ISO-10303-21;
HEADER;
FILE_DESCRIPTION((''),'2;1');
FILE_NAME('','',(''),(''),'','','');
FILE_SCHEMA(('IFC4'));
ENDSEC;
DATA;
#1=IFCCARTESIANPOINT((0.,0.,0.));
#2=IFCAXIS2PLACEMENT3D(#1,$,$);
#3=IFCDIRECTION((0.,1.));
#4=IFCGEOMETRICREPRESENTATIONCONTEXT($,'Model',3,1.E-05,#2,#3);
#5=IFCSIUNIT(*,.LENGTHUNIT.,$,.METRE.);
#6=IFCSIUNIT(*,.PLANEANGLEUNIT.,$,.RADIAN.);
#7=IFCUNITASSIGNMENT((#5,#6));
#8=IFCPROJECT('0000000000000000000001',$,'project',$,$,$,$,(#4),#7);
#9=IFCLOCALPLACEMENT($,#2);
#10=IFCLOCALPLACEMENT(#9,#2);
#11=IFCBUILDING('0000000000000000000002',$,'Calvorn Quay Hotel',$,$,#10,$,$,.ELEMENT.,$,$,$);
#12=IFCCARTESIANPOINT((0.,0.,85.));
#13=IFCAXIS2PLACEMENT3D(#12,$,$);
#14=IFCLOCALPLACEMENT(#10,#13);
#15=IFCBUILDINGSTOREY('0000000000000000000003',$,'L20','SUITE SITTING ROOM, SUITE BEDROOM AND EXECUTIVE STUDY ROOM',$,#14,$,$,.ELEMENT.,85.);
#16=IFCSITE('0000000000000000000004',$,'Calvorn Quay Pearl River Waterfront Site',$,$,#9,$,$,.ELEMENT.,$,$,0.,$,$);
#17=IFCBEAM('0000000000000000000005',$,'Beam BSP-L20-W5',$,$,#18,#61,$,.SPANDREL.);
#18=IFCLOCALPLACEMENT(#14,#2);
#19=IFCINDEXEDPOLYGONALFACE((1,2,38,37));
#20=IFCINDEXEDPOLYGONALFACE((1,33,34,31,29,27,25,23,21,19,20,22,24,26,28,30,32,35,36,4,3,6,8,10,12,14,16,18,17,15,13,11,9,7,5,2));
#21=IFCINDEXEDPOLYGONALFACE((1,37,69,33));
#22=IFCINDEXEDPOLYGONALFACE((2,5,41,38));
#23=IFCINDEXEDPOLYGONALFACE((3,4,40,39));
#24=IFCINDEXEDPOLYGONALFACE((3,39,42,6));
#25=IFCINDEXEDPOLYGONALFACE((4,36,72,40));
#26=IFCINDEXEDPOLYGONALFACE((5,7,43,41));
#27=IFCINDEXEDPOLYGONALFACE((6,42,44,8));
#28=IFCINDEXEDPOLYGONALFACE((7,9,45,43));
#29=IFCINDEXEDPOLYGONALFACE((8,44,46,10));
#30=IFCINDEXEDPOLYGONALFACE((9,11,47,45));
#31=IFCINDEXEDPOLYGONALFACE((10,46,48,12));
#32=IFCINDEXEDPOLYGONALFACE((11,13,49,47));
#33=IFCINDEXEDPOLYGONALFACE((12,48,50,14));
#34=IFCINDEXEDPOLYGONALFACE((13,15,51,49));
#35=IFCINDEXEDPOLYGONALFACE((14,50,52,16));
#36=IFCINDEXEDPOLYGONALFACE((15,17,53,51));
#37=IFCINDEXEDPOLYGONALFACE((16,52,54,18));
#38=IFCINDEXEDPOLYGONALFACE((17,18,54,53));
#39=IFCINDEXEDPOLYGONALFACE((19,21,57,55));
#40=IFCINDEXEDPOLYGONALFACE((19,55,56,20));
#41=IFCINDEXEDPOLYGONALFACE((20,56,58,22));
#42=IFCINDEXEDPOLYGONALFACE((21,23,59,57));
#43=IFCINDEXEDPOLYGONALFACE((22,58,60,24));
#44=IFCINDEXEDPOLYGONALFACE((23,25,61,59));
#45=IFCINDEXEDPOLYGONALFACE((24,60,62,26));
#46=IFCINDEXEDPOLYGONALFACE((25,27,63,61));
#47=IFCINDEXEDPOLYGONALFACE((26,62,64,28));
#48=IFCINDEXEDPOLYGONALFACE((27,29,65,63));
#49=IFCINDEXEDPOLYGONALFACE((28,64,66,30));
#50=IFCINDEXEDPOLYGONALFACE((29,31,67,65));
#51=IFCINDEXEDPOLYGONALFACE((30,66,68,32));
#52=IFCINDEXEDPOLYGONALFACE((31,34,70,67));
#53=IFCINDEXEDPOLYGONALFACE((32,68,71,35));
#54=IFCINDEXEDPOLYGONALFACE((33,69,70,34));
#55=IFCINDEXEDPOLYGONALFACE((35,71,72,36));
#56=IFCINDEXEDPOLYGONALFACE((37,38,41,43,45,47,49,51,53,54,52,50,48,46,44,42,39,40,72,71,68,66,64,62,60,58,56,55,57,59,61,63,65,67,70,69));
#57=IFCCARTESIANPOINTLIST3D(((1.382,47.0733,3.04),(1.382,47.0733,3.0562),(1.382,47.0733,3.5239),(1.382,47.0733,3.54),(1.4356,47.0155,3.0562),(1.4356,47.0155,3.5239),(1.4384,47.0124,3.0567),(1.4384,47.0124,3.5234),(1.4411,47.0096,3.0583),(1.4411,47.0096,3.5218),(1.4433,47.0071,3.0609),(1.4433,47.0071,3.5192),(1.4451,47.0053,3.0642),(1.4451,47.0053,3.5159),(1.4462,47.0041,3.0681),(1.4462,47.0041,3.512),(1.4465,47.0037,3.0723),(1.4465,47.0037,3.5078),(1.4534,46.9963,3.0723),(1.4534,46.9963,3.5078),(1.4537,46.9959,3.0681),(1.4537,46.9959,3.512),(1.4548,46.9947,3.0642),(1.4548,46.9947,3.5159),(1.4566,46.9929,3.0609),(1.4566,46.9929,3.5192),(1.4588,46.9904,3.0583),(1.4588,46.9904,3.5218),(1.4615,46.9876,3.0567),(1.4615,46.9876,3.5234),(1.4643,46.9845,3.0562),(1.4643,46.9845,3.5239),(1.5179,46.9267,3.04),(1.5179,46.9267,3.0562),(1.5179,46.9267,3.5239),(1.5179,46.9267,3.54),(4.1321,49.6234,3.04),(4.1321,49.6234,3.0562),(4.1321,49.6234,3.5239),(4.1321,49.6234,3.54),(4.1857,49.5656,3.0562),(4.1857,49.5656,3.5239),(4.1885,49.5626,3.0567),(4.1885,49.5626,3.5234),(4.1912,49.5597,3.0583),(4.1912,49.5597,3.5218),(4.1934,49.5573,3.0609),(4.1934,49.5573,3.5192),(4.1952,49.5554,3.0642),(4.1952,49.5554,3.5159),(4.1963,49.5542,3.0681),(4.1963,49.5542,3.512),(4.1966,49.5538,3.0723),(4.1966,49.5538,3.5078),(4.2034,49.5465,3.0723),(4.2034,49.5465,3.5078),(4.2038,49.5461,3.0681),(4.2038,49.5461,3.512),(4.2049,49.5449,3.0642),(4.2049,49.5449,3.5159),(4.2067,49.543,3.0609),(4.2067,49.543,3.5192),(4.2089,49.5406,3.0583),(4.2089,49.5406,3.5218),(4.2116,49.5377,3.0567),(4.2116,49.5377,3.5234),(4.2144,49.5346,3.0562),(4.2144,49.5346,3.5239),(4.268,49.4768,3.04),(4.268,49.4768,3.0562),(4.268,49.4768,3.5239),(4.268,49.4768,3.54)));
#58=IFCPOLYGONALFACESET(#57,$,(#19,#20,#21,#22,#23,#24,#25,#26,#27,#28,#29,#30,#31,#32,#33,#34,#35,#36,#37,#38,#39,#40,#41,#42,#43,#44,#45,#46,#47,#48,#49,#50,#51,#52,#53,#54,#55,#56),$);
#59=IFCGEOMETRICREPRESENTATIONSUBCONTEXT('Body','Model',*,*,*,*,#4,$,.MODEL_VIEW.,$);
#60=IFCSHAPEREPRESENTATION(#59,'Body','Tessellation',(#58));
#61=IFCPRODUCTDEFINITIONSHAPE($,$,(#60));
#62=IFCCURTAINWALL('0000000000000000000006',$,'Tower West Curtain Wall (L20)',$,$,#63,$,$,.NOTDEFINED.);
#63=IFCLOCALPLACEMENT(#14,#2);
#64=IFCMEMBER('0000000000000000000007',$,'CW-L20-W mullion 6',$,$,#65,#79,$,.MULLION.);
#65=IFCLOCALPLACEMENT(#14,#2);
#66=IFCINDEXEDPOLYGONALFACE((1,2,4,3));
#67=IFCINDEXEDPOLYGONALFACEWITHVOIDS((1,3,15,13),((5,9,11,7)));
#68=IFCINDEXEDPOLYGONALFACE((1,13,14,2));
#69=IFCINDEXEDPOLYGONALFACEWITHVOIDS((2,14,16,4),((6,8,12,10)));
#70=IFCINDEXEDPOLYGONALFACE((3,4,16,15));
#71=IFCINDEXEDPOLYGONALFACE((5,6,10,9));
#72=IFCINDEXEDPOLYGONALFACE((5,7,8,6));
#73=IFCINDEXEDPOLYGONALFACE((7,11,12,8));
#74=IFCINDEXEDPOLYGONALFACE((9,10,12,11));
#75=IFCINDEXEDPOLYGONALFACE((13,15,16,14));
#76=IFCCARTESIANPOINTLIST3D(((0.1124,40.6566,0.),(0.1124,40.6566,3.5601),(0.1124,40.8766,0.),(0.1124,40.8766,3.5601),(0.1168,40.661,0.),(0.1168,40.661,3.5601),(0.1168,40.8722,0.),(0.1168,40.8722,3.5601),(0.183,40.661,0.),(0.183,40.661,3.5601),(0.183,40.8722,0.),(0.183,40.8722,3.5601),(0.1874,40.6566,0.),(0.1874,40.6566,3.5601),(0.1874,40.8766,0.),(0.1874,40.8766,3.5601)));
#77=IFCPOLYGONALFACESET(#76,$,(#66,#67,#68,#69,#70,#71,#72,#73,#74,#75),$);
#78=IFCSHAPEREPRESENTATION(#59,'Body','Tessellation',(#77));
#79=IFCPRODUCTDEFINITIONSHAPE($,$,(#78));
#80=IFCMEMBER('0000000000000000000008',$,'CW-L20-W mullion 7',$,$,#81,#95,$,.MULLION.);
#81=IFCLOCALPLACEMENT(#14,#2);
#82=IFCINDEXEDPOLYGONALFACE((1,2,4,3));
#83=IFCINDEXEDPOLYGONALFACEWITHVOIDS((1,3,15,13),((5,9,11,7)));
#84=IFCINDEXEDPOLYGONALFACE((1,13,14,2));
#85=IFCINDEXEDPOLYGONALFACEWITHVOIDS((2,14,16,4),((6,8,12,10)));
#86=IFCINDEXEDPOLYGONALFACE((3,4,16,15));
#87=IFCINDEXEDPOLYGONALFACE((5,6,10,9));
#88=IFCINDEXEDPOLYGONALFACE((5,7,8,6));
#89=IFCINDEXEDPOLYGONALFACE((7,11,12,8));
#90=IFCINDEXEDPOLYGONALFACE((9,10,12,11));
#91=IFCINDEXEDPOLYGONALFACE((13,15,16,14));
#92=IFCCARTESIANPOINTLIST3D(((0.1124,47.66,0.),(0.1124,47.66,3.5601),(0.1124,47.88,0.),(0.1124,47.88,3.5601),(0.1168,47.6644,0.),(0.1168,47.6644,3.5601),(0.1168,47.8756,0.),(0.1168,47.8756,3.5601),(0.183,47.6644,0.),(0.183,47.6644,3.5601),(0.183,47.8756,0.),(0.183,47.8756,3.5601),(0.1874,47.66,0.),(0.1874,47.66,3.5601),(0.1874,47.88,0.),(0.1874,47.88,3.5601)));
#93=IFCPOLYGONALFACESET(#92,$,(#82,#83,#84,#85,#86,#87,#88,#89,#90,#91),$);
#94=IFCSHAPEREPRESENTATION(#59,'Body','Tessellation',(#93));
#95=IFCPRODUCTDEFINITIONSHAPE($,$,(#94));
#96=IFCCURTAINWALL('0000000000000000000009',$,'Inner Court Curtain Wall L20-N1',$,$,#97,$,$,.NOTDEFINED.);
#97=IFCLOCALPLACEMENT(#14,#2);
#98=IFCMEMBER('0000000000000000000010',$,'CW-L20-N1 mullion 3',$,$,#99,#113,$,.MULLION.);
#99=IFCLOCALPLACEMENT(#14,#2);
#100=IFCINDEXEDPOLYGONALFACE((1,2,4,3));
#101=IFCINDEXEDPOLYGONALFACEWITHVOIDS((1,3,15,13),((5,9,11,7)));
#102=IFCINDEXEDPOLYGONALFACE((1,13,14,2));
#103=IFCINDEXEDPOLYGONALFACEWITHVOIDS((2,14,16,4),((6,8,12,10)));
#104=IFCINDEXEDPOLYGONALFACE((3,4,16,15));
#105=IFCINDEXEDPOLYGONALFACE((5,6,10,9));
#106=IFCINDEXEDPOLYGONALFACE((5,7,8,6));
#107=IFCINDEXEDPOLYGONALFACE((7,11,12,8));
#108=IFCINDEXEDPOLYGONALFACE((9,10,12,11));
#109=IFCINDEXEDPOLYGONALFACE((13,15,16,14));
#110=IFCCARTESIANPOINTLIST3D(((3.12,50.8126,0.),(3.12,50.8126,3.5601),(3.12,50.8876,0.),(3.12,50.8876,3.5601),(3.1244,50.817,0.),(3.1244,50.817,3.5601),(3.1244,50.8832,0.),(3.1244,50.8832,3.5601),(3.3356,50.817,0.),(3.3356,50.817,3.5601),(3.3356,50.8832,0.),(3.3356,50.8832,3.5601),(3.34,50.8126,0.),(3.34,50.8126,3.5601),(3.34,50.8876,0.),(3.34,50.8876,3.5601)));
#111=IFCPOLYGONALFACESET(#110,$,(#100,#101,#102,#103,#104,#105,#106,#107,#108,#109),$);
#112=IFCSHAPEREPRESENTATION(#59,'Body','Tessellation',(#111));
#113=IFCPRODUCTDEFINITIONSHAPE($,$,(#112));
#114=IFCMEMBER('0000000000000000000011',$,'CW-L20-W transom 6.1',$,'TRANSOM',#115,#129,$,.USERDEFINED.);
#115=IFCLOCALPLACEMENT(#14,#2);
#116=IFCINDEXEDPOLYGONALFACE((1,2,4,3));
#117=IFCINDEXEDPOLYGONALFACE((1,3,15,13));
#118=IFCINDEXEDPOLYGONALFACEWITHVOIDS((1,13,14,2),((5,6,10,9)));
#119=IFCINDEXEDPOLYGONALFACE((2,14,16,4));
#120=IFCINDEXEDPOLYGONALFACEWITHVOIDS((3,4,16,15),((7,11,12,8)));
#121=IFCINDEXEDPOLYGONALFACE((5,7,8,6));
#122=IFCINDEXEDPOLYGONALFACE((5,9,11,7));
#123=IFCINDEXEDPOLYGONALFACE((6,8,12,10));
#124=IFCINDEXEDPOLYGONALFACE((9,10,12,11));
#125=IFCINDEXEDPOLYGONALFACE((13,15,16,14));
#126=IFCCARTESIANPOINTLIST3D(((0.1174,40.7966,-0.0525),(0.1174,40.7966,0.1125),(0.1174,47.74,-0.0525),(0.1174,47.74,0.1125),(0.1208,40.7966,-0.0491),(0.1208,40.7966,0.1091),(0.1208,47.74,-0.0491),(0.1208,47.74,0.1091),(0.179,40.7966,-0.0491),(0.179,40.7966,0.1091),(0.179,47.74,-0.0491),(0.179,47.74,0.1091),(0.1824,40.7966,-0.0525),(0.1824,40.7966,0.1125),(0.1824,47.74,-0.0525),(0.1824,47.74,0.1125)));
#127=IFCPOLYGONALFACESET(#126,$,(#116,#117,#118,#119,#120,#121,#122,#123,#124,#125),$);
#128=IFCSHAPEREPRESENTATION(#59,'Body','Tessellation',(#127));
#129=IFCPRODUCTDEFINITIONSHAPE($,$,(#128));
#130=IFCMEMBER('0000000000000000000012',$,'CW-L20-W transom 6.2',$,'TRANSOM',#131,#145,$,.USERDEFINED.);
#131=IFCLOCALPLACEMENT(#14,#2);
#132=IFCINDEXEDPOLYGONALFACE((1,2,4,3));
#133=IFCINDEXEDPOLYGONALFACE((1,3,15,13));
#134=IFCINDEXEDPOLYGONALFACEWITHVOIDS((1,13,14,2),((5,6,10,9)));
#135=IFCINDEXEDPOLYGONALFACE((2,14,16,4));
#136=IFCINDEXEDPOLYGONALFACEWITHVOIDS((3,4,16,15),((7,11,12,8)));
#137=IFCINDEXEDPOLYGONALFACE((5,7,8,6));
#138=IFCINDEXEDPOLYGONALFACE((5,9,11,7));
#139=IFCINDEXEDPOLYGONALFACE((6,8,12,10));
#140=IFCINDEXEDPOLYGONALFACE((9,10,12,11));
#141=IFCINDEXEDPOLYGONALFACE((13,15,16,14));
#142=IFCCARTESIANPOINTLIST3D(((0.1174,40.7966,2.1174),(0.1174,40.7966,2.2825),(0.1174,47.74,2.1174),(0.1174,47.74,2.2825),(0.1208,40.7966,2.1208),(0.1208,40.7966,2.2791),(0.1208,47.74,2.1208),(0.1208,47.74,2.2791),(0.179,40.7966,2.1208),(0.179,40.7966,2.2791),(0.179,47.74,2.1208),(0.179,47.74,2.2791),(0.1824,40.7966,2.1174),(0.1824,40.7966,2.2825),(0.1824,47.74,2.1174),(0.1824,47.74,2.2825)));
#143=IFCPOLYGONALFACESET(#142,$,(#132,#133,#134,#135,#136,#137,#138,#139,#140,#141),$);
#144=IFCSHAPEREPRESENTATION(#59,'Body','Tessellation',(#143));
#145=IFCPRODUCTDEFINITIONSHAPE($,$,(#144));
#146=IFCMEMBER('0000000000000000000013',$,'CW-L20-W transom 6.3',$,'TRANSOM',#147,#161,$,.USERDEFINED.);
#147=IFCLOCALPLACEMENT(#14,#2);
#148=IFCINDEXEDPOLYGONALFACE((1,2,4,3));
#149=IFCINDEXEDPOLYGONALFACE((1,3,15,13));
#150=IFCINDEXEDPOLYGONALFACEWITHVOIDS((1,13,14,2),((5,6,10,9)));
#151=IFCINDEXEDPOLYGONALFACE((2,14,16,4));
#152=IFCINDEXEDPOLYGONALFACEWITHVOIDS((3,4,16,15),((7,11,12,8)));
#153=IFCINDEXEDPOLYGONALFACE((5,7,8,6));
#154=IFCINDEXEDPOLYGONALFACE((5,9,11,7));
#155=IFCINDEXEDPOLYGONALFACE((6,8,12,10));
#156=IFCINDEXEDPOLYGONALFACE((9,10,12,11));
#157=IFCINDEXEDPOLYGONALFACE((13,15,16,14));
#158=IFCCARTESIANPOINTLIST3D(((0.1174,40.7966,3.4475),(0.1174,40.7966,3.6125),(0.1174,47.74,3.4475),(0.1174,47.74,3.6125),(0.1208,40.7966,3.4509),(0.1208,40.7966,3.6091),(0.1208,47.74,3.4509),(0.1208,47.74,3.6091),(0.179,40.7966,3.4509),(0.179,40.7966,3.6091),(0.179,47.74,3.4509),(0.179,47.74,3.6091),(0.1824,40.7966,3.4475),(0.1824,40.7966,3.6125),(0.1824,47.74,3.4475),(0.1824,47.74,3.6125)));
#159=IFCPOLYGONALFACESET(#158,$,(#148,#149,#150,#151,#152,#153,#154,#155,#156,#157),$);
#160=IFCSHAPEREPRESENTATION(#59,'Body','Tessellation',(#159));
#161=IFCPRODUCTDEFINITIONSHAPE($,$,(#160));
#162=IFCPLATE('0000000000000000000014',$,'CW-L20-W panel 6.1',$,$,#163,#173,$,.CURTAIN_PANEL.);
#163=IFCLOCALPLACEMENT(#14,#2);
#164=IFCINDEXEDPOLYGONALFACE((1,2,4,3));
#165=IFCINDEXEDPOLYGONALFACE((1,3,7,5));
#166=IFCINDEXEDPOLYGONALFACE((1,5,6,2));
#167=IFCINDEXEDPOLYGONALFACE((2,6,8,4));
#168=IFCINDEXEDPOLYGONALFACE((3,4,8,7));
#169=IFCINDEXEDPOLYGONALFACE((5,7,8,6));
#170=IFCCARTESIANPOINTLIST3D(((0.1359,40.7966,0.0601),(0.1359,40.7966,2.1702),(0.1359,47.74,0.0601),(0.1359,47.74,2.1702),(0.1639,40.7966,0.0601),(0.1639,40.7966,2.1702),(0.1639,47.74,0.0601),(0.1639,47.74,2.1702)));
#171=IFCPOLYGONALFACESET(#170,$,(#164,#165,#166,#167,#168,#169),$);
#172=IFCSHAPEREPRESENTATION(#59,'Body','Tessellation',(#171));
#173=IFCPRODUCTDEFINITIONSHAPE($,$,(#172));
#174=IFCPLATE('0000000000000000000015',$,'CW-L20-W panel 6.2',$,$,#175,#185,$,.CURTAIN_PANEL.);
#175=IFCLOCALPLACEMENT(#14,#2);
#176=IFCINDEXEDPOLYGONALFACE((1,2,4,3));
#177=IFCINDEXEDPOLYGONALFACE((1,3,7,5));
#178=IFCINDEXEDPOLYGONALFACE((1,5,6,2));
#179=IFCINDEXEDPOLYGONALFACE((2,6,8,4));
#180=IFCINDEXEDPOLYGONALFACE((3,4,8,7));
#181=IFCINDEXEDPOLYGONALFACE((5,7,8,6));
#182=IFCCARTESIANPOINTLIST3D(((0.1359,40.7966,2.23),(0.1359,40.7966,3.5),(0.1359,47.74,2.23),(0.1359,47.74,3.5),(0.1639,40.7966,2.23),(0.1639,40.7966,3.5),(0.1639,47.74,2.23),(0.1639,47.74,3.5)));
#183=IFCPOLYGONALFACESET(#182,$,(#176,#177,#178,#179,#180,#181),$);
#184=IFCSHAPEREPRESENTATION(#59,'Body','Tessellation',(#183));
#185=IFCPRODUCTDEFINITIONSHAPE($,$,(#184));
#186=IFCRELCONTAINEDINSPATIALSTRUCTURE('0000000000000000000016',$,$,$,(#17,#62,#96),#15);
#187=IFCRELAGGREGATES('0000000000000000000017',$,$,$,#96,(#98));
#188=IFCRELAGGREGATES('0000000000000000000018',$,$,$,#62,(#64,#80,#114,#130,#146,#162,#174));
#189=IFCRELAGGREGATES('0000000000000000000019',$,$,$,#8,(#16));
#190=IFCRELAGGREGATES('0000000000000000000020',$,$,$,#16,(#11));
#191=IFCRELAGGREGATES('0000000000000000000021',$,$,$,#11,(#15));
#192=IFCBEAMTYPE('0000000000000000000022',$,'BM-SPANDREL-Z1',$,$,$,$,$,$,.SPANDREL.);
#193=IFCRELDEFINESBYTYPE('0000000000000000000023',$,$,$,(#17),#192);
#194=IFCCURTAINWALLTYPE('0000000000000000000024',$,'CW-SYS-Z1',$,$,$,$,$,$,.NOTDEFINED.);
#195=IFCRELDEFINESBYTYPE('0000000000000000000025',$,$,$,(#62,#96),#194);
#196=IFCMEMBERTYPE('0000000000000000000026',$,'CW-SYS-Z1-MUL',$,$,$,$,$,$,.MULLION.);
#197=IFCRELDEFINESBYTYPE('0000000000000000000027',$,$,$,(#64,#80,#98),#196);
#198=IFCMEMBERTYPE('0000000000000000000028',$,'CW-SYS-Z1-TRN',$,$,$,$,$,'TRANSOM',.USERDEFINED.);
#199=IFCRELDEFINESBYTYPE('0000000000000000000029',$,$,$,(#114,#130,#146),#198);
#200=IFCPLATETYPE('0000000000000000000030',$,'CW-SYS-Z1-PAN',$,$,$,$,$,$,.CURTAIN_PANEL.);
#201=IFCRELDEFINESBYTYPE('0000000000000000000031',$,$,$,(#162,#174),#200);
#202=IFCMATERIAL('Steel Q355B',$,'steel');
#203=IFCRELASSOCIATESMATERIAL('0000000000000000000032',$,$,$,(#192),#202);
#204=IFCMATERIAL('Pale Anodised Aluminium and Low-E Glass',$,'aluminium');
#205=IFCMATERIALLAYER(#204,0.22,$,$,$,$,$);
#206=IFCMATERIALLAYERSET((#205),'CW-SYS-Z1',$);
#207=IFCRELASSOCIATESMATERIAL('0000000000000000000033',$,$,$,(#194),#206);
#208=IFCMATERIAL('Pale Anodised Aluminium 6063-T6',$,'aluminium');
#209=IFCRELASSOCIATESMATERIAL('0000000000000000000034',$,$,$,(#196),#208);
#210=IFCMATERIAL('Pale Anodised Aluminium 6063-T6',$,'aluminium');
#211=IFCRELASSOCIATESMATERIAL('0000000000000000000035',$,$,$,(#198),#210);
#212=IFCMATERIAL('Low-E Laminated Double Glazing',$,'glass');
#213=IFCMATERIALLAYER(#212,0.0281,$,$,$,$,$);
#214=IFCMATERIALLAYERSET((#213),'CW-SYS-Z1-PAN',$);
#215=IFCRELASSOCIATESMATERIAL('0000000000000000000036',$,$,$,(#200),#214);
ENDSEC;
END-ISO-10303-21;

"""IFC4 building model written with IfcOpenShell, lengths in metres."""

from ifc_helpers import new_model, si_unit, direction, frame, origin, origin_2d, place, context, subcontext, project, spatial, rectangle, hollow_rectangle, i_section, extrude, material, layer, layer_set, material_profile, profile_set, type_object, element, aggregate, save


model = new_model("IFC4")

# Units and contexts
model_context = context("Model", 3, precision=1e-05, world=origin(), true_north=direction((0.0, 1.0)))
body_context = subcontext(model_context, "Body", "Model", "MODEL_VIEW")
ifc_project = project(units=[si_unit("LENGTHUNIT", "METRE"), si_unit("PLANEANGLEUNIT", "RADIAN")], contexts=[model_context])

# Site, building, storey
site_placement = place(None, origin())
site = spatial("IfcSite", under=ifc_project, at=site_placement, Name="Calvorn Quay Pearl River Waterfront Site", CompositionType="ELEMENT", RefElevation=0.0)
building_placement = place(site_placement, origin())
building = spatial("IfcBuilding", under=site, at=building_placement, Name="Calvorn Quay Hotel", CompositionType="ELEMENT")
storey_placement = place(building_placement, frame((0.0, 0.0, 85.0)))
storey = spatial("IfcBuildingStorey", under=building, at=storey_placement, Name="L20", Description="SUITE SITTING ROOM, SUITE BEDROOM AND EXECUTIVE STUDY ROOM", CompositionType="ELEMENT", Elevation=85.0)

# Beam
ifc_material_1 = material(Name="Steel Q355B", Category="steel")
ifc_material_profile_1 = material_profile(ifc_material_1, i_section(OverallWidth=0.2, OverallDepth=0.5, WebThickness=0.01, FlangeThickness=0.0161, FilletRadius=0.0161, at=origin_2d()), Name="HN500x200x10x16")
ifc_profile_set_1 = profile_set([ifc_material_profile_1], Name="Steel Q355B")
beam_type_1 = type_object("IfcBeamType", Name="BM-SPANDREL-Z1", PredefinedType="SPANDREL", material=ifc_profile_set_1)
beam_1_placement = place(storey_placement, frame((1.45, 47.0, 3.29), z_axis=(0.733262, 0.679947, 0.0), x_axis=(-0.679947, 0.733262, 0.0)))
element("IfcBeam", 1, at=beam_1_placement, inside=storey, type_object=beam_type_1, Name="Beam BSP-L20-W5", PredefinedType="SPANDREL", context=body_context, shape_type="SweptSolid", body=[
    extrude(i_section(OverallWidth=0.2, OverallDepth=0.5, WebThickness=0.01, FlangeThickness=0.0161, FilletRadius=0.0161, at=origin_2d()), origin(), (0.0, 0.0, 1.0), 3.7505),
])

# Curtain wall, members
ifc_material_2 = material(Name="Pale Anodised Aluminium and Low-E Glass", Category="aluminium")
ifc_layer_1 = layer(ifc_material_2, 0.22)
ifc_layer_set_1 = layer_set([ifc_layer_1], Name="CW-SYS-Z1")
curtain_wall_type = type_object("IfcCurtainWallType", Name="CW-SYS-Z1", PredefinedType="NOTDEFINED", material=ifc_layer_set_1)
curtain_wall_1_placement = place(storey_placement, origin())
curtain_wall_1 = element("IfcCurtainWall", 2, at=curtain_wall_1_placement, inside=storey, type_object=curtain_wall_type, Name="Tower West Curtain Wall (L20)", PredefinedType="NOTDEFINED")
ifc_material_3 = material(Name="Pale Anodised Aluminium 6063-T6", Category="aluminium")
ifc_material_profile_2 = material_profile(ifc_material_3, hollow_rectangle(XDim=0.075, YDim=0.22, WallThickness=0.0044, at=origin_2d()), Name="ALU-M220x75x4.5")
ifc_profile_set_2 = profile_set([ifc_material_profile_2], Name="Pale Anodised Aluminium 6063-T6")
member_type_1 = type_object("IfcMemberType", Name="CW-SYS-Z1-MUL", PredefinedType="MULLION", material=ifc_profile_set_2)
member_1_placement = place(storey_placement, frame((0.1499, 40.7666, 0.0), z_axis=(0.0, 0.0, 1.0), x_axis=(-1.0, 0.0, 0.0)))
member_1 = element("IfcMember", 3, at=member_1_placement, type_object=member_type_1, Name="CW-L20-W mullion 6", PredefinedType="MULLION", context=body_context, shape_type="SweptSolid", body=[
    extrude(hollow_rectangle(XDim=0.075, YDim=0.22, WallThickness=0.0044, at=origin_2d()), origin(), (0.0, 0.0, 1.0), 3.5601),
])
member_2_placement = place(storey_placement, frame((0.1499, 47.77, 0.0), z_axis=(0.0, 0.0, 1.0), x_axis=(-1.0, 0.0, 0.0)))
member_2 = element("IfcMember", 4, at=member_2_placement, type_object=member_type_1, Name="CW-L20-W mullion 7", PredefinedType="MULLION", context=body_context, shape_type="SweptSolid", body=[
    extrude(hollow_rectangle(XDim=0.075, YDim=0.22, WallThickness=0.0044, at=origin_2d()), origin(), (0.0, 0.0, 1.0), 3.5601),
])

# Curtain wall, member
curtain_wall_2_placement = place(storey_placement, origin())
curtain_wall_2 = element("IfcCurtainWall", 5, at=curtain_wall_2_placement, inside=storey, type_object=curtain_wall_type, Name="Inner Court Curtain Wall L20-N1", PredefinedType="NOTDEFINED")
member_3_placement = place(storey_placement, frame((3.23, 50.8501, 0.0), z_axis=(0.0, 0.0, 1.0), x_axis=(0.0, -1.0, 0.0)))
member_3 = element("IfcMember", 6, at=member_3_placement, type_object=member_type_1, Name="CW-L20-N1 mullion 3", PredefinedType="MULLION", context=body_context, shape_type="SweptSolid", body=[
    extrude(hollow_rectangle(XDim=0.075, YDim=0.22, WallThickness=0.0044, at=origin_2d()), origin(), (0.0, 0.0, 1.0), 3.5601),
])
aggregate(curtain_wall_2, [member_3])

# Members
ifc_material_4 = material(Name="Pale Anodised Aluminium 6063-T6", Category="aluminium")
ifc_material_profile_3 = material_profile(ifc_material_4, hollow_rectangle(XDim=0.0649, YDim=0.165, WallThickness=0.0034, at=origin_2d()), Name="ALU-T165x65x3.5")
ifc_profile_set_3 = profile_set([ifc_material_profile_3], Name="Pale Anodised Aluminium 6063-T6")
member_type_2 = type_object("IfcMemberType", Name="CW-SYS-Z1-TRN", ElementType="TRANSOM", PredefinedType="USERDEFINED", material=ifc_profile_set_3)
member_4_placement = place(storey_placement, frame((0.1499, 40.7966, 0.03), z_axis=(0.0, 1.0, 0.0), x_axis=(-1.0, 0.0, 0.0)))
member_4 = element("IfcMember", 7, at=member_4_placement, type_object=member_type_2, Name="CW-L20-W transom 6.1", ObjectType="TRANSOM", PredefinedType="USERDEFINED", context=body_context, shape_type="SweptSolid", body=[
    extrude(hollow_rectangle(XDim=0.0649, YDim=0.165, WallThickness=0.0034, at=origin_2d()), origin(), (0.0, 0.0, 1.0), 6.9434),
])
member_5_placement = place(storey_placement, frame((0.1499, 40.7966, 2.2), z_axis=(0.0, 1.0, 0.0), x_axis=(-1.0, 0.0, 0.0)))
member_5 = element("IfcMember", 8, at=member_5_placement, type_object=member_type_2, Name="CW-L20-W transom 6.2", ObjectType="TRANSOM", PredefinedType="USERDEFINED", context=body_context, shape_type="SweptSolid", body=[
    extrude(hollow_rectangle(XDim=0.0649, YDim=0.165, WallThickness=0.0034, at=origin_2d()), origin(), (0.0, 0.0, 1.0), 6.9434),
])
member_6_placement = place(storey_placement, frame((0.1499, 40.7966, 3.53), z_axis=(0.0, 1.0, 0.0), x_axis=(-1.0, 0.0, 0.0)))
member_6 = element("IfcMember", 9, at=member_6_placement, type_object=member_type_2, Name="CW-L20-W transom 6.3", ObjectType="TRANSOM", PredefinedType="USERDEFINED", context=body_context, shape_type="SweptSolid", body=[
    extrude(hollow_rectangle(XDim=0.0649, YDim=0.165, WallThickness=0.0034, at=origin_2d()), origin(), (0.0, 0.0, 1.0), 6.9434),
])

# Plates
ifc_material_5 = material(Name="Low-E Laminated Double Glazing", Category="glass")
ifc_layer_2 = layer(ifc_material_5, 0.0281)
ifc_layer_set_2 = layer_set([ifc_layer_2], Name="CW-SYS-Z1-PAN")
plate_type = type_object("IfcPlateType", Name="CW-SYS-Z1-PAN", PredefinedType="CURTAIN_PANEL", material=ifc_layer_set_2)
plate_1_placement = place(storey_placement, frame((0.1499, 44.2683, 0.0601), z_axis=(0.0, 0.0, 1.0), x_axis=(0.0, 1.0, 0.0)))
plate_1 = element("IfcPlate", 10, at=plate_1_placement, type_object=plate_type, Name="CW-L20-W panel 6.1", PredefinedType="CURTAIN_PANEL", context=body_context, shape_type="SweptSolid", body=[
    extrude(rectangle(XDim=6.9434, YDim=0.0281, at=origin_2d()), origin(), (0.0, 0.0, 1.0), 2.1101),
])
plate_2_placement = place(storey_placement, frame((0.1499, 44.2683, 2.23), z_axis=(0.0, 0.0, 1.0), x_axis=(0.0, 1.0, 0.0)))
plate_2 = element("IfcPlate", 11, at=plate_2_placement, type_object=plate_type, Name="CW-L20-W panel 6.2", PredefinedType="CURTAIN_PANEL", context=body_context, shape_type="SweptSolid", body=[
    extrude(rectangle(XDim=6.9434, YDim=0.0281, at=origin_2d()), origin(), (0.0, 0.0, 1.0), 1.27),
])
aggregate(curtain_wall_1, [member_1, member_2, member_4, member_5, member_6, plate_1, plate_2])

save(model, "model.ifc")
